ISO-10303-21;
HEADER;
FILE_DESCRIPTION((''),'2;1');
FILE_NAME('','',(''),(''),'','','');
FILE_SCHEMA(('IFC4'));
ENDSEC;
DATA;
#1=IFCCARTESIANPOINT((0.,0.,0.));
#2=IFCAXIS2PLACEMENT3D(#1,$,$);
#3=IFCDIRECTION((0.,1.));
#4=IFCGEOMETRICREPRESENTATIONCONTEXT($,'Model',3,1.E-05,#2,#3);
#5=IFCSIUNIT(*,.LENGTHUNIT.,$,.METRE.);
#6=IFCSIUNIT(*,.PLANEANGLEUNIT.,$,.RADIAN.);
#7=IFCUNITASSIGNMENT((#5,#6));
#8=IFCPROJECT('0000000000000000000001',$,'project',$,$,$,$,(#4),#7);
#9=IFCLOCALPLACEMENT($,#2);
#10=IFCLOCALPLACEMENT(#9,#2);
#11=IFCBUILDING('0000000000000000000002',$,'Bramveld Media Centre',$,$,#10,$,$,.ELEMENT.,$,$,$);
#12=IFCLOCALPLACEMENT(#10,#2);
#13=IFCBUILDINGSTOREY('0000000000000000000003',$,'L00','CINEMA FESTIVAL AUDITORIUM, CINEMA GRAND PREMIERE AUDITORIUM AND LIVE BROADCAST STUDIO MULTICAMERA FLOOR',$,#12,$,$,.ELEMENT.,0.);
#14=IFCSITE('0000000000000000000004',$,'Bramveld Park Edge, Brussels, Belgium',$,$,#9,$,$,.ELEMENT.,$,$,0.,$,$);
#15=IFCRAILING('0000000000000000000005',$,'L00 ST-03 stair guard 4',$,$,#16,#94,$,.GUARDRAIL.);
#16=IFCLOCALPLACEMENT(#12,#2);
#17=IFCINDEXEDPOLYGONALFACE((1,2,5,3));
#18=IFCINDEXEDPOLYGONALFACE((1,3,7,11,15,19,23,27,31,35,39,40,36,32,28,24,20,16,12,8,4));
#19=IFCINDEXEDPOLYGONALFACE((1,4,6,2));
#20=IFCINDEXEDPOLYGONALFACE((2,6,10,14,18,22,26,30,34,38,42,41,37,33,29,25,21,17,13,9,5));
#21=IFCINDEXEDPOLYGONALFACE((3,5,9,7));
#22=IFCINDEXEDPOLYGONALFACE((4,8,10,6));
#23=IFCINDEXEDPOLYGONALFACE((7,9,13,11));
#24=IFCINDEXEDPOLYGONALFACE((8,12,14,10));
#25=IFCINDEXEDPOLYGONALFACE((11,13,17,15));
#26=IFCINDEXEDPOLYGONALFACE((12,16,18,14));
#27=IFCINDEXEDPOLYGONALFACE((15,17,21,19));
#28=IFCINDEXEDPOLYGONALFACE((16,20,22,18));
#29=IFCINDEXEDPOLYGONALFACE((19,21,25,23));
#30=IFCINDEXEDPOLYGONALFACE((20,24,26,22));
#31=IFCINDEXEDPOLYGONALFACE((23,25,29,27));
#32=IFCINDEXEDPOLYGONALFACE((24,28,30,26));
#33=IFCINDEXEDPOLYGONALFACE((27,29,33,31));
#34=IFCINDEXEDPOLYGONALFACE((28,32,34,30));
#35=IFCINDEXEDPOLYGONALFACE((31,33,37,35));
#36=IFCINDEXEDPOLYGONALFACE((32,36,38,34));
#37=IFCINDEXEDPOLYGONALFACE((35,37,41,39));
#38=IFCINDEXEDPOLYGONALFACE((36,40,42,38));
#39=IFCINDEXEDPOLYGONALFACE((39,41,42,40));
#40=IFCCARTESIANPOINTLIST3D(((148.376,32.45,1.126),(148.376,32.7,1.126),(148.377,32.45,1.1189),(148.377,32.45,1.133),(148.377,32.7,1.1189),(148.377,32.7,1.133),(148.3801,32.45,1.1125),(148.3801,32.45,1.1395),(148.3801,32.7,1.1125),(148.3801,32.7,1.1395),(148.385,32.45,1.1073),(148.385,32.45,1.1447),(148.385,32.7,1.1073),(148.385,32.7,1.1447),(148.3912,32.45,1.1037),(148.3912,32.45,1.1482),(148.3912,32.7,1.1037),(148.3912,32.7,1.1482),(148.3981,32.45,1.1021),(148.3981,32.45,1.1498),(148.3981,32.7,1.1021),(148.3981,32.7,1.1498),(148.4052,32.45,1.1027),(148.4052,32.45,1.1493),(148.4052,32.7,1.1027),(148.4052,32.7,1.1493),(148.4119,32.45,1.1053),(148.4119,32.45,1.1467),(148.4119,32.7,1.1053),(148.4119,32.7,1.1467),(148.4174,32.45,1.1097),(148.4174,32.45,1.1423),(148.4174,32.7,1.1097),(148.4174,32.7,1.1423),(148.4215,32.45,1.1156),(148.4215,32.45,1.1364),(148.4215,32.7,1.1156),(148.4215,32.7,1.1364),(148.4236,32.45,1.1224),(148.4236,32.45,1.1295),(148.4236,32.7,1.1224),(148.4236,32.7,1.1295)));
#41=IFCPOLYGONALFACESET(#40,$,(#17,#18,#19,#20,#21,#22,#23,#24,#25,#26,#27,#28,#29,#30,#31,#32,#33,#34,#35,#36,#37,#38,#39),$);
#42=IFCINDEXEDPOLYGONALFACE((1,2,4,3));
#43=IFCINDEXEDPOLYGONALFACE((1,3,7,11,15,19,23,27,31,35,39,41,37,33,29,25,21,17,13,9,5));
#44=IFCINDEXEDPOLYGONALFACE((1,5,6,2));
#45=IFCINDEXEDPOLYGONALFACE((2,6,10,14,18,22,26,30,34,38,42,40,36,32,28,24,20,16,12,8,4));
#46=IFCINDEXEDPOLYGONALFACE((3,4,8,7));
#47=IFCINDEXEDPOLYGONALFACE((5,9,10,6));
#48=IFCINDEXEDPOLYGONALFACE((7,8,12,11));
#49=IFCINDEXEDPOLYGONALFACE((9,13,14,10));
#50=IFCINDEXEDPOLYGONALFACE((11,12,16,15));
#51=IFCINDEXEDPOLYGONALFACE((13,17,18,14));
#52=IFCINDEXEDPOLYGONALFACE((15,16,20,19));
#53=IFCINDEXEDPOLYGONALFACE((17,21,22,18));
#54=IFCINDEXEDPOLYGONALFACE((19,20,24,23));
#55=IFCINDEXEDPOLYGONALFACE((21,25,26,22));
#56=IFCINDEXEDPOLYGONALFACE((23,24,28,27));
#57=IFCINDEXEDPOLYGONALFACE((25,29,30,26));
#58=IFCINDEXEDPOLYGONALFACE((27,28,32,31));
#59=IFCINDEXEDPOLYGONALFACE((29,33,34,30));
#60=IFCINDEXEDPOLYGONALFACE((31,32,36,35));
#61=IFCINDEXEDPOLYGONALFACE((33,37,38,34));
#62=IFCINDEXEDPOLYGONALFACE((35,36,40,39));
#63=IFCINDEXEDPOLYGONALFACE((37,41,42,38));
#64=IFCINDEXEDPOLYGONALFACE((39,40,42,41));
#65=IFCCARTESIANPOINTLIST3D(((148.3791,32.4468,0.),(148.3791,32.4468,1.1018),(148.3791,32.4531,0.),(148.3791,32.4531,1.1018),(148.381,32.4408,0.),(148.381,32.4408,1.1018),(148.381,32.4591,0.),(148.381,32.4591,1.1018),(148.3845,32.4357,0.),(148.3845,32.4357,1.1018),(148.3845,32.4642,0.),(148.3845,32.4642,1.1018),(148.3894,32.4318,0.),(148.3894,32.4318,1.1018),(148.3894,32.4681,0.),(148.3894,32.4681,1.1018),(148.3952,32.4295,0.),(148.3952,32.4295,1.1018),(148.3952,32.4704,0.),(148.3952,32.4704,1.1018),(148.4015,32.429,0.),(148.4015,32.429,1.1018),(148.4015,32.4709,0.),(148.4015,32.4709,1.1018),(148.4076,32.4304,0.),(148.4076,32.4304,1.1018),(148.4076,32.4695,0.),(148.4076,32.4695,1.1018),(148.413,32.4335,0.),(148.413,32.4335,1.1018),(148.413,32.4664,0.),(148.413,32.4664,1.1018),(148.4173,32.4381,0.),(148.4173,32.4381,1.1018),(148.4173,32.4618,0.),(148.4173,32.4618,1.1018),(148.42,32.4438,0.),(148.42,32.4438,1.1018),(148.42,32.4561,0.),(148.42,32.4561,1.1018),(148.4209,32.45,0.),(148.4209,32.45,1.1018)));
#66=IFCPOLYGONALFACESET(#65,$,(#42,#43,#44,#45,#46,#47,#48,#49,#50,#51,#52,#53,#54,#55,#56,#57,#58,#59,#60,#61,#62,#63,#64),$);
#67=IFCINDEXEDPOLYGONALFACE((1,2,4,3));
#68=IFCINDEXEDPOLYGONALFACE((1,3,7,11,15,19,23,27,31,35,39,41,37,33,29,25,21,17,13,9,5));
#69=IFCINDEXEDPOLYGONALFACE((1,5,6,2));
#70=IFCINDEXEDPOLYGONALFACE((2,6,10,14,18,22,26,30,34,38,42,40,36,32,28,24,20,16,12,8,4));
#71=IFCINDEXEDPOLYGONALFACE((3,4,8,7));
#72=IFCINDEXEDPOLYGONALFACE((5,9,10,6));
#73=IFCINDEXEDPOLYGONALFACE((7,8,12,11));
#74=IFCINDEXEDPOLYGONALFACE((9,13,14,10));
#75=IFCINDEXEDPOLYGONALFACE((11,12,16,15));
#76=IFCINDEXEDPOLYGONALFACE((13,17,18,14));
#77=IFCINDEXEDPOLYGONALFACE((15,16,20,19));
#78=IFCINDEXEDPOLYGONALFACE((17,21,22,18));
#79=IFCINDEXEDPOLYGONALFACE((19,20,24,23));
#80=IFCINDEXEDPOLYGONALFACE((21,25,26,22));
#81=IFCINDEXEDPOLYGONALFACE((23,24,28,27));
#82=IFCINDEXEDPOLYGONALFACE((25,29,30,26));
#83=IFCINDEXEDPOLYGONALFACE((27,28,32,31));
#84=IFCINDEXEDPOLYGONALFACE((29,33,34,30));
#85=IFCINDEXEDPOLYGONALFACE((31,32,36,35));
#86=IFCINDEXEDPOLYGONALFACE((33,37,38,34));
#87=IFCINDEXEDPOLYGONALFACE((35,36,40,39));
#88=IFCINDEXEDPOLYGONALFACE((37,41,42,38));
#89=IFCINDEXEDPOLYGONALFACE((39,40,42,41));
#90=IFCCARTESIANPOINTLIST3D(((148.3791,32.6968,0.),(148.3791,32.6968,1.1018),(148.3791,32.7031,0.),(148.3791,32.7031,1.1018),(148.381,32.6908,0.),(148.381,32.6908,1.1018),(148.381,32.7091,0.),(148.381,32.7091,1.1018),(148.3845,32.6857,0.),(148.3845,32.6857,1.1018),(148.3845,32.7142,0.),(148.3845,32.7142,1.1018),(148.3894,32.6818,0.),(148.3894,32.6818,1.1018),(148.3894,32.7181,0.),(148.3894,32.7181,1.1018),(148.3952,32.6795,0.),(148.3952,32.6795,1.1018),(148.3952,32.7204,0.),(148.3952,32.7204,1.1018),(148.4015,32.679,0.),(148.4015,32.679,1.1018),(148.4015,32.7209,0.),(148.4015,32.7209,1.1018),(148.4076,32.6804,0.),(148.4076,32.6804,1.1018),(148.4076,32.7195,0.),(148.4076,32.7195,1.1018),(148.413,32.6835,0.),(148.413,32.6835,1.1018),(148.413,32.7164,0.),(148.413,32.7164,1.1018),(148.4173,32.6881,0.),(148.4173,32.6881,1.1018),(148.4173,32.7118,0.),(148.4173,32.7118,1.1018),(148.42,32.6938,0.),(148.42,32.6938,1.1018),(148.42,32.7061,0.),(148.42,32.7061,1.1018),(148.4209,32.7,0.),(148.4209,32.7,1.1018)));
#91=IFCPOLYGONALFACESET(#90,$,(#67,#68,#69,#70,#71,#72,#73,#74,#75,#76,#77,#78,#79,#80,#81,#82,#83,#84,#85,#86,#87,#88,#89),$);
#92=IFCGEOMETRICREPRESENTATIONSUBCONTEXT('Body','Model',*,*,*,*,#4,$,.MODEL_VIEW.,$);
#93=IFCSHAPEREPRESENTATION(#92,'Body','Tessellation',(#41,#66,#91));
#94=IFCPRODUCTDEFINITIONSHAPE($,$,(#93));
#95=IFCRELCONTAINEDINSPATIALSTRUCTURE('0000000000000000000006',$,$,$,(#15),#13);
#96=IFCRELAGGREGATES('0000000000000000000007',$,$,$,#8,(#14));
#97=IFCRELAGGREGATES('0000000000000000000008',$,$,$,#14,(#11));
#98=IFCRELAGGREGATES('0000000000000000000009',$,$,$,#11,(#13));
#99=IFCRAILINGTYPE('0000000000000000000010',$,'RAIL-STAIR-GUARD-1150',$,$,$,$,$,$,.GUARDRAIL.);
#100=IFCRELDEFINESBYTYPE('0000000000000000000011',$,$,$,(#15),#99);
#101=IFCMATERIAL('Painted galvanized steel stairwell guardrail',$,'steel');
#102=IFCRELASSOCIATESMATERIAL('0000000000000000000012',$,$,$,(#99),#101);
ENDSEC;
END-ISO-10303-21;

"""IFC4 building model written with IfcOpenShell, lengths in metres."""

from ifc_helpers import new_model, si_unit, direction, frame, origin, origin_2d, place, context, subcontext, project, spatial, circle, extrude, material, type_object, element, save


model = new_model("IFC4")

# Units and contexts
model_context = context("Model", 3, precision=1e-05, world=origin(), true_north=direction((0.0, 1.0)))
body_context = subcontext(model_context, "Body", "Model", "MODEL_VIEW")
ifc_project = project(units=[si_unit("LENGTHUNIT", "METRE"), si_unit("PLANEANGLEUNIT", "RADIAN")], contexts=[model_context])

# Site, building, storey
site_placement = place(None, origin())
site = spatial("IfcSite", under=ifc_project, at=site_placement, Name="Bramveld Park Edge, Brussels, Belgium", CompositionType="ELEMENT", RefElevation=0.0)
building_placement = place(site_placement, origin())
building = spatial("IfcBuilding", under=site, at=building_placement, Name="Bramveld Media Centre", CompositionType="ELEMENT")
storey_placement = place(building_placement, origin())
storey = spatial("IfcBuildingStorey", under=building, at=storey_placement, Name="L00", Description="CINEMA FESTIVAL AUDITORIUM, CINEMA GRAND PREMIERE AUDITORIUM AND LIVE BROADCAST STUDIO MULTICAMERA FLOOR", CompositionType="ELEMENT", Elevation=0.0)

# Railing
ifc_material_1 = material(Name="Painted galvanized steel stairwell guardrail", Category="steel")
railing_type_1 = type_object("IfcRailingType", Name="RAIL-STAIR-GUARD-1150", PredefinedType="GUARDRAIL", material=ifc_material_1)
railing_1_placement = place(storey_placement, frame((148.3999, 32.45, 0.0)))
element("IfcRailing", 1, at=railing_1_placement, inside=storey, type_object=railing_type_1, Name="L00 ST-03 stair guard 4", PredefinedType="GUARDRAIL", context=body_context, shape_type="SweptSolid", body=[
    extrude(circle(Radius=0.0239, at=origin_2d()), frame((0.0, 0.0, 1.126), z_axis=(0.0, 1.0, 0.0), x_axis=(-1.0, 0.0, 0.0)), (0.0, 0.0, 1.0), 0.25),
    extrude(circle(Radius=0.021, at=origin_2d()), origin(), (0.0, 0.0, 1.0), 1.1018),
    extrude(circle(Radius=0.021, at=origin_2d()), frame((0.0, 0.25, 0.0)), (0.0, 0.0, 1.0), 1.1018),
])

save(model, "model.ifc")
